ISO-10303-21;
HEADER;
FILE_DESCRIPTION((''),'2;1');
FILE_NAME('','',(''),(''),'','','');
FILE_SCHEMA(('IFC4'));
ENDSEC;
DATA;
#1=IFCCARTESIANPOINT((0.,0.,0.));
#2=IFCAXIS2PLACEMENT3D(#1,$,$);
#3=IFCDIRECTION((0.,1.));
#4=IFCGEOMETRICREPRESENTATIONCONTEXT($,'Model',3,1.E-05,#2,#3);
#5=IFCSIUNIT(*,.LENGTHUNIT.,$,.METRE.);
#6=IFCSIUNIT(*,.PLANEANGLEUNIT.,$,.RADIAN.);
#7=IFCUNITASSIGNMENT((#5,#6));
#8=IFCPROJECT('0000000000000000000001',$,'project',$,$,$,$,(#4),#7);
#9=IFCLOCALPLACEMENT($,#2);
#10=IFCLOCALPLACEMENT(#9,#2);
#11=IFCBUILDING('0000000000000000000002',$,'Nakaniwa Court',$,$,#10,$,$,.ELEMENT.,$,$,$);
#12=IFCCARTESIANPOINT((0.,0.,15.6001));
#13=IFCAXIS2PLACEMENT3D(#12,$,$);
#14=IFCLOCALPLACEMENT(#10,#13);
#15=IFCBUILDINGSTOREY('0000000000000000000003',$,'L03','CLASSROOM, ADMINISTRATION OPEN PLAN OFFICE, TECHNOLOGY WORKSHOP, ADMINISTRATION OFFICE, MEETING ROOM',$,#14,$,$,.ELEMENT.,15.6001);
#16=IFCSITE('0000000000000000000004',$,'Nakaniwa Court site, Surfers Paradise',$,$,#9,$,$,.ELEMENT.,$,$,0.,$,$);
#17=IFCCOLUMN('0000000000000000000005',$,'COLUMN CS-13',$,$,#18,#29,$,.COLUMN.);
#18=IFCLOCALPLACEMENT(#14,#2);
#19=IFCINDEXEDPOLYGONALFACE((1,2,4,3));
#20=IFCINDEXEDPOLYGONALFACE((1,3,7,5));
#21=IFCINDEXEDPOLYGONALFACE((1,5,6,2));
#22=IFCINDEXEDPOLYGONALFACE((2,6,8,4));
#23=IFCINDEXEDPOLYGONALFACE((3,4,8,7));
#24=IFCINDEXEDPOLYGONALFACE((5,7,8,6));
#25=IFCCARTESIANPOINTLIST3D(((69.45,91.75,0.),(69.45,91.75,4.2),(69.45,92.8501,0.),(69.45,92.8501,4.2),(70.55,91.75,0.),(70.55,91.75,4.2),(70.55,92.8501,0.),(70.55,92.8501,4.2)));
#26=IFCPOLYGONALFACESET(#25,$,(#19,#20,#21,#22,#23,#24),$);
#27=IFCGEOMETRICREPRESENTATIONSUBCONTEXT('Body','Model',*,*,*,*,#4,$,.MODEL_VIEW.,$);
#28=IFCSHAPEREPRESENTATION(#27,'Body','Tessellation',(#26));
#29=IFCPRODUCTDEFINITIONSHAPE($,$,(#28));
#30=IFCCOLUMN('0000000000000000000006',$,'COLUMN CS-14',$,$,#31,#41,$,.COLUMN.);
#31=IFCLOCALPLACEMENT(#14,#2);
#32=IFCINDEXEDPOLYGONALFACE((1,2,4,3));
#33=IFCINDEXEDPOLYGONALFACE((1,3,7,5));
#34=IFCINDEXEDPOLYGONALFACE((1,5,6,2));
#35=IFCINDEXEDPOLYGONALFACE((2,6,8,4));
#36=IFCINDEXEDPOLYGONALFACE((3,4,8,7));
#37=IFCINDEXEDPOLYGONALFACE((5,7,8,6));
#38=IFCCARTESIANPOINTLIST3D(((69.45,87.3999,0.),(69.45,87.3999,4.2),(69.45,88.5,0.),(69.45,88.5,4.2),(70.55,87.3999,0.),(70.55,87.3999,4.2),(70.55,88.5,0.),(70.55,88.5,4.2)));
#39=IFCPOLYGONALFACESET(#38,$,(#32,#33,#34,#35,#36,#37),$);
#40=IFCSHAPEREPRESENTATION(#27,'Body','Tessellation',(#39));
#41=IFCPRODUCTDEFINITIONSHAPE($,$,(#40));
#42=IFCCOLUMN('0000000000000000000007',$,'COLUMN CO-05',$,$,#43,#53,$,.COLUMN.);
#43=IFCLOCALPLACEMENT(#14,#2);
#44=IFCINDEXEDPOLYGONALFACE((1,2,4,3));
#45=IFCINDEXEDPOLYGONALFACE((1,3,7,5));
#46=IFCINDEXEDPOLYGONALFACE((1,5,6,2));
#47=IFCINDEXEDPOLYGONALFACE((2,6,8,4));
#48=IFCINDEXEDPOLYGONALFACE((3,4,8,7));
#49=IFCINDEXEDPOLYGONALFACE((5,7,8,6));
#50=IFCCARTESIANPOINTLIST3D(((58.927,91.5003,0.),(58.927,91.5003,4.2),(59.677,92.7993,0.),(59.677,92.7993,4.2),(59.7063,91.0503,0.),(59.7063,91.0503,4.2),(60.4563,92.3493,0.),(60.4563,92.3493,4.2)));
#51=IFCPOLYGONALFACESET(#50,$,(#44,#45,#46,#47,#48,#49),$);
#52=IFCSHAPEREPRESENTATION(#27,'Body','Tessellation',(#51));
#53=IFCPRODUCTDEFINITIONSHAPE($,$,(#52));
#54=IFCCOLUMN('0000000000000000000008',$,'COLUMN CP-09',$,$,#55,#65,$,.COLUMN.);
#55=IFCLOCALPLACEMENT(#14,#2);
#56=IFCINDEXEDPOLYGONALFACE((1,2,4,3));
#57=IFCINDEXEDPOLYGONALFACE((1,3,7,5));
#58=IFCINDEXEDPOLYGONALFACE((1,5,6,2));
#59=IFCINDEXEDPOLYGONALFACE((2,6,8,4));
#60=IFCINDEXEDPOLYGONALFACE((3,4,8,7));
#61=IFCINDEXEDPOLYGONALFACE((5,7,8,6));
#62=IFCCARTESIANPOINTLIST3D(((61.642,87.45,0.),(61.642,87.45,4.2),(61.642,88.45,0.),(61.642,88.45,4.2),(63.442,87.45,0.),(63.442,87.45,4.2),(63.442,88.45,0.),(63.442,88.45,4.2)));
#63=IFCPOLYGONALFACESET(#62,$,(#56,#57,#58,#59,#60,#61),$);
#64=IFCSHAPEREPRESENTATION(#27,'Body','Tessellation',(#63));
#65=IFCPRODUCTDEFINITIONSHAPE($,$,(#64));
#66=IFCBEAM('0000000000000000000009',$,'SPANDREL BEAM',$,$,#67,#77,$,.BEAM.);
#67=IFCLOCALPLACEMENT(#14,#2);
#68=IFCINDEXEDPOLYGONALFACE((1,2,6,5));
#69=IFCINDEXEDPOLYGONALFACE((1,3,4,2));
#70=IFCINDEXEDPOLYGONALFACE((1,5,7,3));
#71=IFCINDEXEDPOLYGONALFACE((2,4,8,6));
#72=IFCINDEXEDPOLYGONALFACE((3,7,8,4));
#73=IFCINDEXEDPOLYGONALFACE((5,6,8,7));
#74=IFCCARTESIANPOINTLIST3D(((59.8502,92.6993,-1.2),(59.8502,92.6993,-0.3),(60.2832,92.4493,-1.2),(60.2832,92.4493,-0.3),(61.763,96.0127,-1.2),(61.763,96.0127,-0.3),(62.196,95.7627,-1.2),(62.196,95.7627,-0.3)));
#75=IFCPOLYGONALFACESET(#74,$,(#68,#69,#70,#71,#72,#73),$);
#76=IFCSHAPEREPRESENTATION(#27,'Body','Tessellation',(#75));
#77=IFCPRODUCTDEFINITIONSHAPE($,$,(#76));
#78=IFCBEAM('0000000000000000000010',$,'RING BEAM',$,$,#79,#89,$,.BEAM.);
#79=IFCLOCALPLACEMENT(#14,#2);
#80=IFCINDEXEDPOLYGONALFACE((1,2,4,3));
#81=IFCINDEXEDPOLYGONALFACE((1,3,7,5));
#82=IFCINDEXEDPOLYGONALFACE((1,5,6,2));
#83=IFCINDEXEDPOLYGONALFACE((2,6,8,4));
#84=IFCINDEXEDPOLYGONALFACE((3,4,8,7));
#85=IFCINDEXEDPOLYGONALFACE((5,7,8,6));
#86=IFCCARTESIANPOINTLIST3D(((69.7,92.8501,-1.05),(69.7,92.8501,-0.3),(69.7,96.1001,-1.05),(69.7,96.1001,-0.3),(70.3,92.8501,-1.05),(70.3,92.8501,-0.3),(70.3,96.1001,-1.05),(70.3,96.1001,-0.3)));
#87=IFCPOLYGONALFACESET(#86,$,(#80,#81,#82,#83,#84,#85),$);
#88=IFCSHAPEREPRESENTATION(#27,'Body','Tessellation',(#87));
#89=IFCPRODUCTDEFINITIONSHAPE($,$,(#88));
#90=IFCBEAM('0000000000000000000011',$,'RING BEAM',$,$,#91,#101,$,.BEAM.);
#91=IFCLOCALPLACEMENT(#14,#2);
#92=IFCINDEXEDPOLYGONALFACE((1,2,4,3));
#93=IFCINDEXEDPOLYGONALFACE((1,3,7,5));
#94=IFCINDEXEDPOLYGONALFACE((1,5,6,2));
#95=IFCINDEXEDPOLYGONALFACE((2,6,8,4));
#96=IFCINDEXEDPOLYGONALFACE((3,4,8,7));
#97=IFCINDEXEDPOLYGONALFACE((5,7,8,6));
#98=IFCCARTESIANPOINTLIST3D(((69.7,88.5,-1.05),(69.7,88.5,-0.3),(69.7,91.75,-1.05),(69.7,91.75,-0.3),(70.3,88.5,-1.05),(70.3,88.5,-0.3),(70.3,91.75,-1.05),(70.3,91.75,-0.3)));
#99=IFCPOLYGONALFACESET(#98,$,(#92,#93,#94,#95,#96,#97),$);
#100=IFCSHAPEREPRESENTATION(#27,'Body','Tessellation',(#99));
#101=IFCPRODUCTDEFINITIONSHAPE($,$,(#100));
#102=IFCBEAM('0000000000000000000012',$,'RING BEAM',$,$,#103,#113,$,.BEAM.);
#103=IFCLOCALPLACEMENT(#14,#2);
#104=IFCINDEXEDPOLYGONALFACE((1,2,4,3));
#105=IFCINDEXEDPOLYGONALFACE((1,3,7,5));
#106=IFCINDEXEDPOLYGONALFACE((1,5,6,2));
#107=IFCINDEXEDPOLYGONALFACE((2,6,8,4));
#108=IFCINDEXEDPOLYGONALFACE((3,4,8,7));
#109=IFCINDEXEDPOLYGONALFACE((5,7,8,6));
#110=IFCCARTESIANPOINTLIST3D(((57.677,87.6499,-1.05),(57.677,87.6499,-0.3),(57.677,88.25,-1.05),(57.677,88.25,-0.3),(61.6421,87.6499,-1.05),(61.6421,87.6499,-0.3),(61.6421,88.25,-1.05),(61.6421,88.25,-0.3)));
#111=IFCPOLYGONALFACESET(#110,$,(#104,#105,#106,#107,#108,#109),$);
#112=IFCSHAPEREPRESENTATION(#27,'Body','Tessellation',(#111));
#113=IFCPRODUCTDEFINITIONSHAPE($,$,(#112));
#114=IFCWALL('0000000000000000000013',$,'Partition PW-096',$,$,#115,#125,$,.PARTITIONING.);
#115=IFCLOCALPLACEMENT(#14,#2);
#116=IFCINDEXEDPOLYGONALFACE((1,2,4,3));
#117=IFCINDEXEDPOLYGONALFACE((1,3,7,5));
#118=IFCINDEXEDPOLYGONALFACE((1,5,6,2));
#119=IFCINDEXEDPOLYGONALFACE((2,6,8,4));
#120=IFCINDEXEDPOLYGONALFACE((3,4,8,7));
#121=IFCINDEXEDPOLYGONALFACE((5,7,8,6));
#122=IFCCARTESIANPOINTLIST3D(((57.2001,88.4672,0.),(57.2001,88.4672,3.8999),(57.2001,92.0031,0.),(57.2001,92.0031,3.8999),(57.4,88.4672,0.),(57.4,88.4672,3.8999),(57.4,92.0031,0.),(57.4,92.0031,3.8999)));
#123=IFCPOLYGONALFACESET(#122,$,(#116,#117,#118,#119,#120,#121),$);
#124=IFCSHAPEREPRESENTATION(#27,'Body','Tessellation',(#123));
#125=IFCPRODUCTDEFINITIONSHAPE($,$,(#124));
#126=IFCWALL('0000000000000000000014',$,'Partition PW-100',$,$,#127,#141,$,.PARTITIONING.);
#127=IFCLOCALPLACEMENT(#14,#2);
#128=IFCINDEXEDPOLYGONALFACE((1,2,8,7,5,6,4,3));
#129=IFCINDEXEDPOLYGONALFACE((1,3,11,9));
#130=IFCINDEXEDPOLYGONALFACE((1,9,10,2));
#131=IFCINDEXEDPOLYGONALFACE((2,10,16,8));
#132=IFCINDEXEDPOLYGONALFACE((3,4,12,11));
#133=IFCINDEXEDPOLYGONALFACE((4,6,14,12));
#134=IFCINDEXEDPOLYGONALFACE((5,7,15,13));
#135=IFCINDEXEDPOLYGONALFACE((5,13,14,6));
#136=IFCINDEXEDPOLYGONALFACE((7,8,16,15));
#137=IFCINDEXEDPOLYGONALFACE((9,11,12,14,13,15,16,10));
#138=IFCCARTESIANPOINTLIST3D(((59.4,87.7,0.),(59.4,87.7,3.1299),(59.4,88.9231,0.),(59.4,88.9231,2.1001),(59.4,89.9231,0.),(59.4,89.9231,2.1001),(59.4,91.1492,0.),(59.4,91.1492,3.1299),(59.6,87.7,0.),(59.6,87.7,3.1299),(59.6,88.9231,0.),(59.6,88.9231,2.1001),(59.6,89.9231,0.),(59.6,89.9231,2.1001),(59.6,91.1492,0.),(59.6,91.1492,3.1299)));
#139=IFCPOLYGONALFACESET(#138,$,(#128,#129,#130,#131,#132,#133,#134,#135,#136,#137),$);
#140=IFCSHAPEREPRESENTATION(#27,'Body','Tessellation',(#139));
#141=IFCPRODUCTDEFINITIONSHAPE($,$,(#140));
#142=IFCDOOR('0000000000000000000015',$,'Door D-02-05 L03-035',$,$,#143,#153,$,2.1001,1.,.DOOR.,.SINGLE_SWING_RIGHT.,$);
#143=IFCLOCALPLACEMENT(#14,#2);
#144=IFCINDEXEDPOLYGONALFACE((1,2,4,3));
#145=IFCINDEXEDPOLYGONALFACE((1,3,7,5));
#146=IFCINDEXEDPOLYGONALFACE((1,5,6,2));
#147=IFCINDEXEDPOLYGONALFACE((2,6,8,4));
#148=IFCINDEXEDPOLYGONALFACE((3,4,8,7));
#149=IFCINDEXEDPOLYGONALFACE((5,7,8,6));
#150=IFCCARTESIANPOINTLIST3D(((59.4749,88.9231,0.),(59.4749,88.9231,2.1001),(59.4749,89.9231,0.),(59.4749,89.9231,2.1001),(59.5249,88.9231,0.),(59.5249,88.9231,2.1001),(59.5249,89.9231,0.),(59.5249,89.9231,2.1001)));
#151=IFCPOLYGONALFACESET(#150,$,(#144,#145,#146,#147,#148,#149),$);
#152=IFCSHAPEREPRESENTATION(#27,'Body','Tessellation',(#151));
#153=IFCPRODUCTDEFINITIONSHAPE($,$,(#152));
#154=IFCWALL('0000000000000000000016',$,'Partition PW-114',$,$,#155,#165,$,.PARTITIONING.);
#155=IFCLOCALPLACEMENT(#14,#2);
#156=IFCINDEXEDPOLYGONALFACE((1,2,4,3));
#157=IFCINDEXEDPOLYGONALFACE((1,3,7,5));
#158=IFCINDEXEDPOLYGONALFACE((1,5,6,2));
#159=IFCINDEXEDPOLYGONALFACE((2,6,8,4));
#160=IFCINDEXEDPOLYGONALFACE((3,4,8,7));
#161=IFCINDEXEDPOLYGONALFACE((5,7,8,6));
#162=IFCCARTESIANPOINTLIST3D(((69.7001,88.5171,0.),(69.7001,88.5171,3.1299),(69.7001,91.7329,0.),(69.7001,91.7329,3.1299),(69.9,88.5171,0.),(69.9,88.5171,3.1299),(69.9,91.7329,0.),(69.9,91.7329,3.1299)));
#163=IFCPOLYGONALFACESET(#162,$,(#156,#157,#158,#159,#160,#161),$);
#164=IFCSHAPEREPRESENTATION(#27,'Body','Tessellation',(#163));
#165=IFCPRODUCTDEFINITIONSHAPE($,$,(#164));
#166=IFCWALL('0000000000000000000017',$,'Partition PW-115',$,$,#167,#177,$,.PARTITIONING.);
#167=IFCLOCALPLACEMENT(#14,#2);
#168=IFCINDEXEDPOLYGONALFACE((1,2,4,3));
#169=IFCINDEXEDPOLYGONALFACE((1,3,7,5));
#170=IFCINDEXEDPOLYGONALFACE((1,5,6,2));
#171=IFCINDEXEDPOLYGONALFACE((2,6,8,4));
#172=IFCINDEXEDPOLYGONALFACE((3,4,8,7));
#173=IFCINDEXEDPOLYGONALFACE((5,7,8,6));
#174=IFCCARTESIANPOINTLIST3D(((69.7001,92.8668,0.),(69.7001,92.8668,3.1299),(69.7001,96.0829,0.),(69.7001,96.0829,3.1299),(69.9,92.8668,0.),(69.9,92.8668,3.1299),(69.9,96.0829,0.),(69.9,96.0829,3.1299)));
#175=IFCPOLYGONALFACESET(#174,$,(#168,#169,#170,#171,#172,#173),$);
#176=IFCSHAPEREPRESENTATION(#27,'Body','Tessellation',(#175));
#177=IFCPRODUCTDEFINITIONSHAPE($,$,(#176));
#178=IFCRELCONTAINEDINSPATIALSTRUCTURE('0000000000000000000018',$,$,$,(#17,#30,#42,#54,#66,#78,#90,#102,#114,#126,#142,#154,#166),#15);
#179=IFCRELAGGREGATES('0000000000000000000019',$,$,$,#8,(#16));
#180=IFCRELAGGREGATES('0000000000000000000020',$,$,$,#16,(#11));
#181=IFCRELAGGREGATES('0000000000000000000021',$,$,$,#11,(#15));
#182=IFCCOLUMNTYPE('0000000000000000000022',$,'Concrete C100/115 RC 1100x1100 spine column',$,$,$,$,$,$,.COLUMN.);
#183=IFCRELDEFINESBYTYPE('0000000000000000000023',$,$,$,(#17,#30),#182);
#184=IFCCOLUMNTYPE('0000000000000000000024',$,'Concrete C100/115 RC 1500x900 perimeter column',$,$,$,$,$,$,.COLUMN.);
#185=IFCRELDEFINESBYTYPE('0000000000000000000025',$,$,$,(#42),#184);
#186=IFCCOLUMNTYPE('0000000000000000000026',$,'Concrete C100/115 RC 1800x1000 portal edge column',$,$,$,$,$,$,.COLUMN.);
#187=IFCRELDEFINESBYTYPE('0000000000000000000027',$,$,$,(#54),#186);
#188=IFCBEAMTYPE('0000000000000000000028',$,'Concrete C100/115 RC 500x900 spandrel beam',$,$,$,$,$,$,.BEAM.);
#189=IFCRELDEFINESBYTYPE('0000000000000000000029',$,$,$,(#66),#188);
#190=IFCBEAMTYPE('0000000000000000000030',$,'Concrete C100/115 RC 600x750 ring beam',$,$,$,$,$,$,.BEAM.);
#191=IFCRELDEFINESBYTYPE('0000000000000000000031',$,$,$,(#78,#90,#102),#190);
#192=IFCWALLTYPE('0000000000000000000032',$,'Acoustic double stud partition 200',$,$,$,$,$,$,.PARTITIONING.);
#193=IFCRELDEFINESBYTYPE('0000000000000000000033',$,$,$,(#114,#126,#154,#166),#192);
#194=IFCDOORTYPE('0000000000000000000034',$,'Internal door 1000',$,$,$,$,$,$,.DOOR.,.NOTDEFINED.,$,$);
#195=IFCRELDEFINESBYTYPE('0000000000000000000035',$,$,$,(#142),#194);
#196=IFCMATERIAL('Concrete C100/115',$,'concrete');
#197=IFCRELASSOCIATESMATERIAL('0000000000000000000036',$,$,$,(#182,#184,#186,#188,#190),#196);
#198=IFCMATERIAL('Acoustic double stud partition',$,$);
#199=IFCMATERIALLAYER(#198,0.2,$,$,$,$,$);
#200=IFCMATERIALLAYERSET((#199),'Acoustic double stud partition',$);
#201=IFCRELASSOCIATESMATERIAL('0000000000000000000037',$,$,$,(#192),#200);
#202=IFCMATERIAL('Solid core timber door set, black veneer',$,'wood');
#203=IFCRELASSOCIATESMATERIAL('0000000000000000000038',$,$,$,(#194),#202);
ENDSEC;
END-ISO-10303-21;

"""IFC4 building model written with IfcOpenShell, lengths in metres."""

from ifc_helpers import new_model, si_unit, direction, frame, frame_2d, origin, origin_2d, place, context, subcontext, project, spatial, rectangle, extrude, material, layer, layer_set, material_profile, profile_set, type_object, element, fill, save


model = new_model("IFC4")

# Units and contexts
model_context = context("Model", 3, precision=1e-05, world=origin(), true_north=direction((0.0, 1.0)))
body_context = subcontext(model_context, "Body", "Model", "MODEL_VIEW")
ifc_project = project(units=[si_unit("LENGTHUNIT", "METRE"), si_unit("PLANEANGLEUNIT", "RADIAN")], contexts=[model_context])

# Site, building, storey
site_placement = place(None, origin())
site = spatial("IfcSite", under=ifc_project, at=site_placement, Name="Nakaniwa Court site, Surfers Paradise", CompositionType="ELEMENT", RefElevation=0.0)
building_placement = place(site_placement, origin())
building = spatial("IfcBuilding", under=site, at=building_placement, Name="Nakaniwa Court", CompositionType="ELEMENT")
storey_placement = place(building_placement, frame((0.0, 0.0, 15.6001)))
storey = spatial("IfcBuildingStorey", under=building, at=storey_placement, Name="L03", Description="CLASSROOM, ADMINISTRATION OPEN PLAN OFFICE, TECHNOLOGY WORKSHOP, ADMINISTRATION OFFICE, MEETING ROOM", CompositionType="ELEMENT", Elevation=15.6001)

# Columns
ifc_material_1 = material(Name="Concrete C100/115", Category="concrete")
ifc_material_profile_1 = material_profile(ifc_material_1, rectangle(XDim=1.1001, YDim=1.1001, at=origin_2d()), Name="Concrete C100/115 RC 1100x1100 spine column")
ifc_profile_set_1 = profile_set([ifc_material_profile_1], Name="Concrete C100/115")
column_type_1 = type_object("IfcColumnType", Name="Concrete C100/115 RC 1100x1100 spine column", PredefinedType="COLUMN", material=ifc_profile_set_1)
for number, where, z_axis, x_axis, name in (
    (1, (70.0, 92.3, 0.0), (0.0, 0.0, 1.0), (0.0, -1.0, 0.0), "COLUMN CS-13"),
    (2, (70.0, 87.95, 0.0), (0.0, 0.0, 1.0), (0.0, -1.0, 0.0), "COLUMN CS-14"),
):
    element("IfcColumn", number, at=place(storey_placement, frame(where, z_axis=z_axis, x_axis=x_axis)), inside=storey, type_object=column_type_1, Name=name, PredefinedType="COLUMN", context=body_context, shape_type="SweptSolid", body=[
        extrude(rectangle(XDim=1.1001, YDim=1.1001, at=origin_2d()), origin(), (0.0, 0.0, 1.0), 4.2),
    ])
ifc_material_profile_2 = material_profile(ifc_material_1, rectangle(XDim=1.5, YDim=0.8999, at=origin_2d()), Name="Concrete C100/115 RC 1500x900 perimeter column")
ifc_profile_set_2 = profile_set([ifc_material_profile_2], Name="Concrete C100/115")
column_type_2 = type_object("IfcColumnType", Name="Concrete C100/115 RC 1500x900 perimeter column", PredefinedType="COLUMN", material=ifc_profile_set_2)
column_1_placement = place(storey_placement, frame((59.6917, 91.9248, 0.0), z_axis=(0.0, 0.0, 1.0), x_axis=(-0.5, -0.866025, 0.0)))
element("IfcColumn", 3, at=column_1_placement, inside=storey, type_object=column_type_2, Name="COLUMN CO-05", PredefinedType="COLUMN", context=body_context, shape_type="SweptSolid", body=[
    extrude(rectangle(XDim=1.5, YDim=0.8999, at=origin_2d()), origin(), (0.0, 0.0, 1.0), 4.2),
])
ifc_material_profile_3 = material_profile(ifc_material_1, rectangle(XDim=1.8, YDim=1.0, at=origin_2d()), Name="Concrete C100/115 RC 1800x1000 portal edge column")
ifc_profile_set_3 = profile_set([ifc_material_profile_3], Name="Concrete C100/115")
column_type_3 = type_object("IfcColumnType", Name="Concrete C100/115 RC 1800x1000 portal edge column", PredefinedType="COLUMN", material=ifc_profile_set_3)
column_2_placement = place(storey_placement, frame((62.542, 87.95, 0.0), z_axis=(0.0, 0.0, 1.0), x_axis=(1.0, 0.0, 0.0)))
element("IfcColumn", 4, at=column_2_placement, inside=storey, type_object=column_type_3, Name="COLUMN CP-09", PredefinedType="COLUMN", context=body_context, shape_type="SweptSolid", body=[
    extrude(rectangle(XDim=1.8, YDim=1.0, at=origin_2d()), origin(), (0.0, 0.0, 1.0), 4.2),
])

# Beams
ifc_material_profile_4 = material_profile(ifc_material_1, rectangle(XDim=0.5, YDim=0.8999, at=origin_2d()), Name="Concrete C100/115 RC 500x900 spandrel beam")
ifc_profile_set_4 = profile_set([ifc_material_profile_4], Name="Concrete C100/115")
beam_type_1 = type_object("IfcBeamType", Name="Concrete C100/115 RC 500x900 spandrel beam", PredefinedType="BEAM", material=ifc_profile_set_4)
beam_1_placement = place(storey_placement, frame((61.9795, 95.8877, -0.75), z_axis=(-0.499962, -0.866047, 0.0), x_axis=(0.866047, -0.499962, 0.0)))
element("IfcBeam", 5, at=beam_1_placement, inside=storey, type_object=beam_type_1, Name="SPANDREL BEAM", PredefinedType="BEAM", context=body_context, shape_type="SweptSolid", body=[
    extrude(rectangle(XDim=0.5, YDim=0.8999, at=origin_2d()), origin(), (0.0, 0.0, 1.0), 3.8259),
])
ifc_material_profile_5 = material_profile(ifc_material_1, rectangle(XDim=0.6001, YDim=0.75, at=origin_2d()), Name="Concrete C100/115 RC 600x750 ring beam")
ifc_profile_set_5 = profile_set([ifc_material_profile_5], Name="Concrete C100/115")
beam_type_2 = type_object("IfcBeamType", Name="Concrete C100/115 RC 600x750 ring beam", PredefinedType="BEAM", material=ifc_profile_set_5)
for number, where, z_axis, x_axis, name in (
    (6, (70.0, 96.1001, -0.675), (0.0, -1.0, 0.0), (1.0, 0.0, 0.0), "RING BEAM"),
    (7, (70.0, 91.75, -0.675), (0.0, -1.0, 0.0), (1.0, 0.0, 0.0), "RING BEAM"),
):
    element("IfcBeam", number, at=place(storey_placement, frame(where, z_axis=z_axis, x_axis=x_axis)), inside=storey, type_object=beam_type_2, Name=name, PredefinedType="BEAM", context=body_context, shape_type="SweptSolid", body=[
        extrude(rectangle(XDim=0.6001, YDim=0.75, at=origin_2d()), origin(), (0.0, 0.0, 1.0), 3.25),
    ])
beam_2_placement = place(storey_placement, frame((57.677, 87.95, -0.675), z_axis=(1.0, 0.0, 0.0), x_axis=(0.0, 1.0, 0.0)))
element("IfcBeam", 8, at=beam_2_placement, inside=storey, type_object=beam_type_2, Name="RING BEAM", PredefinedType="BEAM", context=body_context, shape_type="SweptSolid", body=[
    extrude(rectangle(XDim=0.6001, YDim=0.75, at=origin_2d()), origin(), (0.0, 0.0, 1.0), 3.9651),
])

# Wall
ifc_material_2 = material(Name="Acoustic double stud partition")
ifc_layer_1 = layer(ifc_material_2, 0.2)
ifc_layer_set_1 = layer_set([ifc_layer_1], Name="Acoustic double stud partition")
wall_type_1 = type_object("IfcWallType", Name="Acoustic double stud partition 200", PredefinedType="PARTITIONING", material=ifc_layer_set_1)
wall_1_placement = place(storey_placement, frame((57.3, 88.467, 0.0), z_axis=(0.0, 0.0, 1.0), x_axis=(0.0, 1.0, 0.0)))
element("IfcWall", 9, at=wall_1_placement, inside=storey, type_object=wall_type_1, Name="Partition PW-096", PredefinedType="PARTITIONING", context=body_context, shape_type="SweptSolid", body=[
    extrude(rectangle(XDim=3.5359, YDim=0.2, at=frame_2d((1.7681, 0.0))), origin(), (0.0, 0.0, 1.0), 3.8999),
])

# Wall, opening, door
wall_2_placement = place(storey_placement, frame((59.5, 91.1492, 0.0), z_axis=(0.0, 0.0, 1.0), x_axis=(0.0, -1.0, 0.0)))
wall_2 = element("IfcWall", 10, at=wall_2_placement, inside=storey, type_object=wall_type_1, Name="Partition PW-100", PredefinedType="PARTITIONING", context=body_context, shape_type="SweptSolid", body=[
    extrude(rectangle(XDim=3.4492, YDim=0.2, at=frame_2d((1.7246, 0.0))), origin(), (0.0, 0.0, 1.0), 3.1299),
])
opening_1_placement = place(wall_2_placement, frame((1.2261, 0.0, 0.0)))
opening_1 = element("IfcOpeningElement", 11, at=opening_1_placement, cuts=wall_2, PredefinedType="OPENING", context=body_context, shape_type="SweptSolid", body=[
    extrude(rectangle(XDim=1.0, YDim=2.1001, at=frame_2d((0.5, 1.05))), frame((0.0, 0.1099, 0.0), z_axis=(0.0, -1.0, 0.0), x_axis=(1.0, 0.0, 0.0)), (0.0, 0.0, 1.0), 0.22),
])
ifc_material_3 = material(Name="Solid core timber door set, black veneer", Category="wood")
door_type_1 = type_object("IfcDoorType", Name="Internal door 1000", OperationType="NOTDEFINED", PredefinedType="DOOR", material=ifc_material_3)
door_1_placement = place(opening_1_placement, origin())
door_1 = element("IfcDoor", 12, at=door_1_placement, inside=storey, type_object=door_type_1, Name="Door D-02-05 L03-035", OperationType="SINGLE_SWING_RIGHT", OverallHeight=2.1001, OverallWidth=1.0, PredefinedType="DOOR", context=body_context, shape_type="SweptSolid", body=[
    extrude(rectangle(XDim=1.0, YDim=2.1001, at=frame_2d((0.5, 1.05))), frame((0.0, 0.0249, 0.0), z_axis=(0.0, -1.0, 0.0), x_axis=(1.0, 0.0, 0.0)), (0.0, 0.0, 1.0), 0.05),
])
fill(opening_1, door_1)

# Walls
wall_3_placement = place(storey_placement, frame((69.8, 88.5171, 0.0), z_axis=(0.0, 0.0, 1.0), x_axis=(0.0, 1.0, 0.0)))
element("IfcWall", 13, at=wall_3_placement, inside=storey, type_object=wall_type_1, Name="Partition PW-114", PredefinedType="PARTITIONING", context=body_context, shape_type="SweptSolid", body=[
    extrude(rectangle(XDim=3.2158, YDim=0.2, at=frame_2d((1.6079, 0.0))), origin(), (0.0, 0.0, 1.0), 3.1299),
])
wall_4_placement = place(storey_placement, frame((69.8, 92.8669, 0.0), z_axis=(0.0, 0.0, 1.0), x_axis=(0.0, 1.0, 0.0)))
element("IfcWall", 14, at=wall_4_placement, inside=storey, type_object=wall_type_1, Name="Partition PW-115", PredefinedType="PARTITIONING", context=body_context, shape_type="SweptSolid", body=[
    extrude(rectangle(XDim=3.2161, YDim=0.2, at=frame_2d((1.6079, 0.0))), origin(), (0.0, 0.0, 1.0), 3.1299),
])

save(model, "model.ifc")
